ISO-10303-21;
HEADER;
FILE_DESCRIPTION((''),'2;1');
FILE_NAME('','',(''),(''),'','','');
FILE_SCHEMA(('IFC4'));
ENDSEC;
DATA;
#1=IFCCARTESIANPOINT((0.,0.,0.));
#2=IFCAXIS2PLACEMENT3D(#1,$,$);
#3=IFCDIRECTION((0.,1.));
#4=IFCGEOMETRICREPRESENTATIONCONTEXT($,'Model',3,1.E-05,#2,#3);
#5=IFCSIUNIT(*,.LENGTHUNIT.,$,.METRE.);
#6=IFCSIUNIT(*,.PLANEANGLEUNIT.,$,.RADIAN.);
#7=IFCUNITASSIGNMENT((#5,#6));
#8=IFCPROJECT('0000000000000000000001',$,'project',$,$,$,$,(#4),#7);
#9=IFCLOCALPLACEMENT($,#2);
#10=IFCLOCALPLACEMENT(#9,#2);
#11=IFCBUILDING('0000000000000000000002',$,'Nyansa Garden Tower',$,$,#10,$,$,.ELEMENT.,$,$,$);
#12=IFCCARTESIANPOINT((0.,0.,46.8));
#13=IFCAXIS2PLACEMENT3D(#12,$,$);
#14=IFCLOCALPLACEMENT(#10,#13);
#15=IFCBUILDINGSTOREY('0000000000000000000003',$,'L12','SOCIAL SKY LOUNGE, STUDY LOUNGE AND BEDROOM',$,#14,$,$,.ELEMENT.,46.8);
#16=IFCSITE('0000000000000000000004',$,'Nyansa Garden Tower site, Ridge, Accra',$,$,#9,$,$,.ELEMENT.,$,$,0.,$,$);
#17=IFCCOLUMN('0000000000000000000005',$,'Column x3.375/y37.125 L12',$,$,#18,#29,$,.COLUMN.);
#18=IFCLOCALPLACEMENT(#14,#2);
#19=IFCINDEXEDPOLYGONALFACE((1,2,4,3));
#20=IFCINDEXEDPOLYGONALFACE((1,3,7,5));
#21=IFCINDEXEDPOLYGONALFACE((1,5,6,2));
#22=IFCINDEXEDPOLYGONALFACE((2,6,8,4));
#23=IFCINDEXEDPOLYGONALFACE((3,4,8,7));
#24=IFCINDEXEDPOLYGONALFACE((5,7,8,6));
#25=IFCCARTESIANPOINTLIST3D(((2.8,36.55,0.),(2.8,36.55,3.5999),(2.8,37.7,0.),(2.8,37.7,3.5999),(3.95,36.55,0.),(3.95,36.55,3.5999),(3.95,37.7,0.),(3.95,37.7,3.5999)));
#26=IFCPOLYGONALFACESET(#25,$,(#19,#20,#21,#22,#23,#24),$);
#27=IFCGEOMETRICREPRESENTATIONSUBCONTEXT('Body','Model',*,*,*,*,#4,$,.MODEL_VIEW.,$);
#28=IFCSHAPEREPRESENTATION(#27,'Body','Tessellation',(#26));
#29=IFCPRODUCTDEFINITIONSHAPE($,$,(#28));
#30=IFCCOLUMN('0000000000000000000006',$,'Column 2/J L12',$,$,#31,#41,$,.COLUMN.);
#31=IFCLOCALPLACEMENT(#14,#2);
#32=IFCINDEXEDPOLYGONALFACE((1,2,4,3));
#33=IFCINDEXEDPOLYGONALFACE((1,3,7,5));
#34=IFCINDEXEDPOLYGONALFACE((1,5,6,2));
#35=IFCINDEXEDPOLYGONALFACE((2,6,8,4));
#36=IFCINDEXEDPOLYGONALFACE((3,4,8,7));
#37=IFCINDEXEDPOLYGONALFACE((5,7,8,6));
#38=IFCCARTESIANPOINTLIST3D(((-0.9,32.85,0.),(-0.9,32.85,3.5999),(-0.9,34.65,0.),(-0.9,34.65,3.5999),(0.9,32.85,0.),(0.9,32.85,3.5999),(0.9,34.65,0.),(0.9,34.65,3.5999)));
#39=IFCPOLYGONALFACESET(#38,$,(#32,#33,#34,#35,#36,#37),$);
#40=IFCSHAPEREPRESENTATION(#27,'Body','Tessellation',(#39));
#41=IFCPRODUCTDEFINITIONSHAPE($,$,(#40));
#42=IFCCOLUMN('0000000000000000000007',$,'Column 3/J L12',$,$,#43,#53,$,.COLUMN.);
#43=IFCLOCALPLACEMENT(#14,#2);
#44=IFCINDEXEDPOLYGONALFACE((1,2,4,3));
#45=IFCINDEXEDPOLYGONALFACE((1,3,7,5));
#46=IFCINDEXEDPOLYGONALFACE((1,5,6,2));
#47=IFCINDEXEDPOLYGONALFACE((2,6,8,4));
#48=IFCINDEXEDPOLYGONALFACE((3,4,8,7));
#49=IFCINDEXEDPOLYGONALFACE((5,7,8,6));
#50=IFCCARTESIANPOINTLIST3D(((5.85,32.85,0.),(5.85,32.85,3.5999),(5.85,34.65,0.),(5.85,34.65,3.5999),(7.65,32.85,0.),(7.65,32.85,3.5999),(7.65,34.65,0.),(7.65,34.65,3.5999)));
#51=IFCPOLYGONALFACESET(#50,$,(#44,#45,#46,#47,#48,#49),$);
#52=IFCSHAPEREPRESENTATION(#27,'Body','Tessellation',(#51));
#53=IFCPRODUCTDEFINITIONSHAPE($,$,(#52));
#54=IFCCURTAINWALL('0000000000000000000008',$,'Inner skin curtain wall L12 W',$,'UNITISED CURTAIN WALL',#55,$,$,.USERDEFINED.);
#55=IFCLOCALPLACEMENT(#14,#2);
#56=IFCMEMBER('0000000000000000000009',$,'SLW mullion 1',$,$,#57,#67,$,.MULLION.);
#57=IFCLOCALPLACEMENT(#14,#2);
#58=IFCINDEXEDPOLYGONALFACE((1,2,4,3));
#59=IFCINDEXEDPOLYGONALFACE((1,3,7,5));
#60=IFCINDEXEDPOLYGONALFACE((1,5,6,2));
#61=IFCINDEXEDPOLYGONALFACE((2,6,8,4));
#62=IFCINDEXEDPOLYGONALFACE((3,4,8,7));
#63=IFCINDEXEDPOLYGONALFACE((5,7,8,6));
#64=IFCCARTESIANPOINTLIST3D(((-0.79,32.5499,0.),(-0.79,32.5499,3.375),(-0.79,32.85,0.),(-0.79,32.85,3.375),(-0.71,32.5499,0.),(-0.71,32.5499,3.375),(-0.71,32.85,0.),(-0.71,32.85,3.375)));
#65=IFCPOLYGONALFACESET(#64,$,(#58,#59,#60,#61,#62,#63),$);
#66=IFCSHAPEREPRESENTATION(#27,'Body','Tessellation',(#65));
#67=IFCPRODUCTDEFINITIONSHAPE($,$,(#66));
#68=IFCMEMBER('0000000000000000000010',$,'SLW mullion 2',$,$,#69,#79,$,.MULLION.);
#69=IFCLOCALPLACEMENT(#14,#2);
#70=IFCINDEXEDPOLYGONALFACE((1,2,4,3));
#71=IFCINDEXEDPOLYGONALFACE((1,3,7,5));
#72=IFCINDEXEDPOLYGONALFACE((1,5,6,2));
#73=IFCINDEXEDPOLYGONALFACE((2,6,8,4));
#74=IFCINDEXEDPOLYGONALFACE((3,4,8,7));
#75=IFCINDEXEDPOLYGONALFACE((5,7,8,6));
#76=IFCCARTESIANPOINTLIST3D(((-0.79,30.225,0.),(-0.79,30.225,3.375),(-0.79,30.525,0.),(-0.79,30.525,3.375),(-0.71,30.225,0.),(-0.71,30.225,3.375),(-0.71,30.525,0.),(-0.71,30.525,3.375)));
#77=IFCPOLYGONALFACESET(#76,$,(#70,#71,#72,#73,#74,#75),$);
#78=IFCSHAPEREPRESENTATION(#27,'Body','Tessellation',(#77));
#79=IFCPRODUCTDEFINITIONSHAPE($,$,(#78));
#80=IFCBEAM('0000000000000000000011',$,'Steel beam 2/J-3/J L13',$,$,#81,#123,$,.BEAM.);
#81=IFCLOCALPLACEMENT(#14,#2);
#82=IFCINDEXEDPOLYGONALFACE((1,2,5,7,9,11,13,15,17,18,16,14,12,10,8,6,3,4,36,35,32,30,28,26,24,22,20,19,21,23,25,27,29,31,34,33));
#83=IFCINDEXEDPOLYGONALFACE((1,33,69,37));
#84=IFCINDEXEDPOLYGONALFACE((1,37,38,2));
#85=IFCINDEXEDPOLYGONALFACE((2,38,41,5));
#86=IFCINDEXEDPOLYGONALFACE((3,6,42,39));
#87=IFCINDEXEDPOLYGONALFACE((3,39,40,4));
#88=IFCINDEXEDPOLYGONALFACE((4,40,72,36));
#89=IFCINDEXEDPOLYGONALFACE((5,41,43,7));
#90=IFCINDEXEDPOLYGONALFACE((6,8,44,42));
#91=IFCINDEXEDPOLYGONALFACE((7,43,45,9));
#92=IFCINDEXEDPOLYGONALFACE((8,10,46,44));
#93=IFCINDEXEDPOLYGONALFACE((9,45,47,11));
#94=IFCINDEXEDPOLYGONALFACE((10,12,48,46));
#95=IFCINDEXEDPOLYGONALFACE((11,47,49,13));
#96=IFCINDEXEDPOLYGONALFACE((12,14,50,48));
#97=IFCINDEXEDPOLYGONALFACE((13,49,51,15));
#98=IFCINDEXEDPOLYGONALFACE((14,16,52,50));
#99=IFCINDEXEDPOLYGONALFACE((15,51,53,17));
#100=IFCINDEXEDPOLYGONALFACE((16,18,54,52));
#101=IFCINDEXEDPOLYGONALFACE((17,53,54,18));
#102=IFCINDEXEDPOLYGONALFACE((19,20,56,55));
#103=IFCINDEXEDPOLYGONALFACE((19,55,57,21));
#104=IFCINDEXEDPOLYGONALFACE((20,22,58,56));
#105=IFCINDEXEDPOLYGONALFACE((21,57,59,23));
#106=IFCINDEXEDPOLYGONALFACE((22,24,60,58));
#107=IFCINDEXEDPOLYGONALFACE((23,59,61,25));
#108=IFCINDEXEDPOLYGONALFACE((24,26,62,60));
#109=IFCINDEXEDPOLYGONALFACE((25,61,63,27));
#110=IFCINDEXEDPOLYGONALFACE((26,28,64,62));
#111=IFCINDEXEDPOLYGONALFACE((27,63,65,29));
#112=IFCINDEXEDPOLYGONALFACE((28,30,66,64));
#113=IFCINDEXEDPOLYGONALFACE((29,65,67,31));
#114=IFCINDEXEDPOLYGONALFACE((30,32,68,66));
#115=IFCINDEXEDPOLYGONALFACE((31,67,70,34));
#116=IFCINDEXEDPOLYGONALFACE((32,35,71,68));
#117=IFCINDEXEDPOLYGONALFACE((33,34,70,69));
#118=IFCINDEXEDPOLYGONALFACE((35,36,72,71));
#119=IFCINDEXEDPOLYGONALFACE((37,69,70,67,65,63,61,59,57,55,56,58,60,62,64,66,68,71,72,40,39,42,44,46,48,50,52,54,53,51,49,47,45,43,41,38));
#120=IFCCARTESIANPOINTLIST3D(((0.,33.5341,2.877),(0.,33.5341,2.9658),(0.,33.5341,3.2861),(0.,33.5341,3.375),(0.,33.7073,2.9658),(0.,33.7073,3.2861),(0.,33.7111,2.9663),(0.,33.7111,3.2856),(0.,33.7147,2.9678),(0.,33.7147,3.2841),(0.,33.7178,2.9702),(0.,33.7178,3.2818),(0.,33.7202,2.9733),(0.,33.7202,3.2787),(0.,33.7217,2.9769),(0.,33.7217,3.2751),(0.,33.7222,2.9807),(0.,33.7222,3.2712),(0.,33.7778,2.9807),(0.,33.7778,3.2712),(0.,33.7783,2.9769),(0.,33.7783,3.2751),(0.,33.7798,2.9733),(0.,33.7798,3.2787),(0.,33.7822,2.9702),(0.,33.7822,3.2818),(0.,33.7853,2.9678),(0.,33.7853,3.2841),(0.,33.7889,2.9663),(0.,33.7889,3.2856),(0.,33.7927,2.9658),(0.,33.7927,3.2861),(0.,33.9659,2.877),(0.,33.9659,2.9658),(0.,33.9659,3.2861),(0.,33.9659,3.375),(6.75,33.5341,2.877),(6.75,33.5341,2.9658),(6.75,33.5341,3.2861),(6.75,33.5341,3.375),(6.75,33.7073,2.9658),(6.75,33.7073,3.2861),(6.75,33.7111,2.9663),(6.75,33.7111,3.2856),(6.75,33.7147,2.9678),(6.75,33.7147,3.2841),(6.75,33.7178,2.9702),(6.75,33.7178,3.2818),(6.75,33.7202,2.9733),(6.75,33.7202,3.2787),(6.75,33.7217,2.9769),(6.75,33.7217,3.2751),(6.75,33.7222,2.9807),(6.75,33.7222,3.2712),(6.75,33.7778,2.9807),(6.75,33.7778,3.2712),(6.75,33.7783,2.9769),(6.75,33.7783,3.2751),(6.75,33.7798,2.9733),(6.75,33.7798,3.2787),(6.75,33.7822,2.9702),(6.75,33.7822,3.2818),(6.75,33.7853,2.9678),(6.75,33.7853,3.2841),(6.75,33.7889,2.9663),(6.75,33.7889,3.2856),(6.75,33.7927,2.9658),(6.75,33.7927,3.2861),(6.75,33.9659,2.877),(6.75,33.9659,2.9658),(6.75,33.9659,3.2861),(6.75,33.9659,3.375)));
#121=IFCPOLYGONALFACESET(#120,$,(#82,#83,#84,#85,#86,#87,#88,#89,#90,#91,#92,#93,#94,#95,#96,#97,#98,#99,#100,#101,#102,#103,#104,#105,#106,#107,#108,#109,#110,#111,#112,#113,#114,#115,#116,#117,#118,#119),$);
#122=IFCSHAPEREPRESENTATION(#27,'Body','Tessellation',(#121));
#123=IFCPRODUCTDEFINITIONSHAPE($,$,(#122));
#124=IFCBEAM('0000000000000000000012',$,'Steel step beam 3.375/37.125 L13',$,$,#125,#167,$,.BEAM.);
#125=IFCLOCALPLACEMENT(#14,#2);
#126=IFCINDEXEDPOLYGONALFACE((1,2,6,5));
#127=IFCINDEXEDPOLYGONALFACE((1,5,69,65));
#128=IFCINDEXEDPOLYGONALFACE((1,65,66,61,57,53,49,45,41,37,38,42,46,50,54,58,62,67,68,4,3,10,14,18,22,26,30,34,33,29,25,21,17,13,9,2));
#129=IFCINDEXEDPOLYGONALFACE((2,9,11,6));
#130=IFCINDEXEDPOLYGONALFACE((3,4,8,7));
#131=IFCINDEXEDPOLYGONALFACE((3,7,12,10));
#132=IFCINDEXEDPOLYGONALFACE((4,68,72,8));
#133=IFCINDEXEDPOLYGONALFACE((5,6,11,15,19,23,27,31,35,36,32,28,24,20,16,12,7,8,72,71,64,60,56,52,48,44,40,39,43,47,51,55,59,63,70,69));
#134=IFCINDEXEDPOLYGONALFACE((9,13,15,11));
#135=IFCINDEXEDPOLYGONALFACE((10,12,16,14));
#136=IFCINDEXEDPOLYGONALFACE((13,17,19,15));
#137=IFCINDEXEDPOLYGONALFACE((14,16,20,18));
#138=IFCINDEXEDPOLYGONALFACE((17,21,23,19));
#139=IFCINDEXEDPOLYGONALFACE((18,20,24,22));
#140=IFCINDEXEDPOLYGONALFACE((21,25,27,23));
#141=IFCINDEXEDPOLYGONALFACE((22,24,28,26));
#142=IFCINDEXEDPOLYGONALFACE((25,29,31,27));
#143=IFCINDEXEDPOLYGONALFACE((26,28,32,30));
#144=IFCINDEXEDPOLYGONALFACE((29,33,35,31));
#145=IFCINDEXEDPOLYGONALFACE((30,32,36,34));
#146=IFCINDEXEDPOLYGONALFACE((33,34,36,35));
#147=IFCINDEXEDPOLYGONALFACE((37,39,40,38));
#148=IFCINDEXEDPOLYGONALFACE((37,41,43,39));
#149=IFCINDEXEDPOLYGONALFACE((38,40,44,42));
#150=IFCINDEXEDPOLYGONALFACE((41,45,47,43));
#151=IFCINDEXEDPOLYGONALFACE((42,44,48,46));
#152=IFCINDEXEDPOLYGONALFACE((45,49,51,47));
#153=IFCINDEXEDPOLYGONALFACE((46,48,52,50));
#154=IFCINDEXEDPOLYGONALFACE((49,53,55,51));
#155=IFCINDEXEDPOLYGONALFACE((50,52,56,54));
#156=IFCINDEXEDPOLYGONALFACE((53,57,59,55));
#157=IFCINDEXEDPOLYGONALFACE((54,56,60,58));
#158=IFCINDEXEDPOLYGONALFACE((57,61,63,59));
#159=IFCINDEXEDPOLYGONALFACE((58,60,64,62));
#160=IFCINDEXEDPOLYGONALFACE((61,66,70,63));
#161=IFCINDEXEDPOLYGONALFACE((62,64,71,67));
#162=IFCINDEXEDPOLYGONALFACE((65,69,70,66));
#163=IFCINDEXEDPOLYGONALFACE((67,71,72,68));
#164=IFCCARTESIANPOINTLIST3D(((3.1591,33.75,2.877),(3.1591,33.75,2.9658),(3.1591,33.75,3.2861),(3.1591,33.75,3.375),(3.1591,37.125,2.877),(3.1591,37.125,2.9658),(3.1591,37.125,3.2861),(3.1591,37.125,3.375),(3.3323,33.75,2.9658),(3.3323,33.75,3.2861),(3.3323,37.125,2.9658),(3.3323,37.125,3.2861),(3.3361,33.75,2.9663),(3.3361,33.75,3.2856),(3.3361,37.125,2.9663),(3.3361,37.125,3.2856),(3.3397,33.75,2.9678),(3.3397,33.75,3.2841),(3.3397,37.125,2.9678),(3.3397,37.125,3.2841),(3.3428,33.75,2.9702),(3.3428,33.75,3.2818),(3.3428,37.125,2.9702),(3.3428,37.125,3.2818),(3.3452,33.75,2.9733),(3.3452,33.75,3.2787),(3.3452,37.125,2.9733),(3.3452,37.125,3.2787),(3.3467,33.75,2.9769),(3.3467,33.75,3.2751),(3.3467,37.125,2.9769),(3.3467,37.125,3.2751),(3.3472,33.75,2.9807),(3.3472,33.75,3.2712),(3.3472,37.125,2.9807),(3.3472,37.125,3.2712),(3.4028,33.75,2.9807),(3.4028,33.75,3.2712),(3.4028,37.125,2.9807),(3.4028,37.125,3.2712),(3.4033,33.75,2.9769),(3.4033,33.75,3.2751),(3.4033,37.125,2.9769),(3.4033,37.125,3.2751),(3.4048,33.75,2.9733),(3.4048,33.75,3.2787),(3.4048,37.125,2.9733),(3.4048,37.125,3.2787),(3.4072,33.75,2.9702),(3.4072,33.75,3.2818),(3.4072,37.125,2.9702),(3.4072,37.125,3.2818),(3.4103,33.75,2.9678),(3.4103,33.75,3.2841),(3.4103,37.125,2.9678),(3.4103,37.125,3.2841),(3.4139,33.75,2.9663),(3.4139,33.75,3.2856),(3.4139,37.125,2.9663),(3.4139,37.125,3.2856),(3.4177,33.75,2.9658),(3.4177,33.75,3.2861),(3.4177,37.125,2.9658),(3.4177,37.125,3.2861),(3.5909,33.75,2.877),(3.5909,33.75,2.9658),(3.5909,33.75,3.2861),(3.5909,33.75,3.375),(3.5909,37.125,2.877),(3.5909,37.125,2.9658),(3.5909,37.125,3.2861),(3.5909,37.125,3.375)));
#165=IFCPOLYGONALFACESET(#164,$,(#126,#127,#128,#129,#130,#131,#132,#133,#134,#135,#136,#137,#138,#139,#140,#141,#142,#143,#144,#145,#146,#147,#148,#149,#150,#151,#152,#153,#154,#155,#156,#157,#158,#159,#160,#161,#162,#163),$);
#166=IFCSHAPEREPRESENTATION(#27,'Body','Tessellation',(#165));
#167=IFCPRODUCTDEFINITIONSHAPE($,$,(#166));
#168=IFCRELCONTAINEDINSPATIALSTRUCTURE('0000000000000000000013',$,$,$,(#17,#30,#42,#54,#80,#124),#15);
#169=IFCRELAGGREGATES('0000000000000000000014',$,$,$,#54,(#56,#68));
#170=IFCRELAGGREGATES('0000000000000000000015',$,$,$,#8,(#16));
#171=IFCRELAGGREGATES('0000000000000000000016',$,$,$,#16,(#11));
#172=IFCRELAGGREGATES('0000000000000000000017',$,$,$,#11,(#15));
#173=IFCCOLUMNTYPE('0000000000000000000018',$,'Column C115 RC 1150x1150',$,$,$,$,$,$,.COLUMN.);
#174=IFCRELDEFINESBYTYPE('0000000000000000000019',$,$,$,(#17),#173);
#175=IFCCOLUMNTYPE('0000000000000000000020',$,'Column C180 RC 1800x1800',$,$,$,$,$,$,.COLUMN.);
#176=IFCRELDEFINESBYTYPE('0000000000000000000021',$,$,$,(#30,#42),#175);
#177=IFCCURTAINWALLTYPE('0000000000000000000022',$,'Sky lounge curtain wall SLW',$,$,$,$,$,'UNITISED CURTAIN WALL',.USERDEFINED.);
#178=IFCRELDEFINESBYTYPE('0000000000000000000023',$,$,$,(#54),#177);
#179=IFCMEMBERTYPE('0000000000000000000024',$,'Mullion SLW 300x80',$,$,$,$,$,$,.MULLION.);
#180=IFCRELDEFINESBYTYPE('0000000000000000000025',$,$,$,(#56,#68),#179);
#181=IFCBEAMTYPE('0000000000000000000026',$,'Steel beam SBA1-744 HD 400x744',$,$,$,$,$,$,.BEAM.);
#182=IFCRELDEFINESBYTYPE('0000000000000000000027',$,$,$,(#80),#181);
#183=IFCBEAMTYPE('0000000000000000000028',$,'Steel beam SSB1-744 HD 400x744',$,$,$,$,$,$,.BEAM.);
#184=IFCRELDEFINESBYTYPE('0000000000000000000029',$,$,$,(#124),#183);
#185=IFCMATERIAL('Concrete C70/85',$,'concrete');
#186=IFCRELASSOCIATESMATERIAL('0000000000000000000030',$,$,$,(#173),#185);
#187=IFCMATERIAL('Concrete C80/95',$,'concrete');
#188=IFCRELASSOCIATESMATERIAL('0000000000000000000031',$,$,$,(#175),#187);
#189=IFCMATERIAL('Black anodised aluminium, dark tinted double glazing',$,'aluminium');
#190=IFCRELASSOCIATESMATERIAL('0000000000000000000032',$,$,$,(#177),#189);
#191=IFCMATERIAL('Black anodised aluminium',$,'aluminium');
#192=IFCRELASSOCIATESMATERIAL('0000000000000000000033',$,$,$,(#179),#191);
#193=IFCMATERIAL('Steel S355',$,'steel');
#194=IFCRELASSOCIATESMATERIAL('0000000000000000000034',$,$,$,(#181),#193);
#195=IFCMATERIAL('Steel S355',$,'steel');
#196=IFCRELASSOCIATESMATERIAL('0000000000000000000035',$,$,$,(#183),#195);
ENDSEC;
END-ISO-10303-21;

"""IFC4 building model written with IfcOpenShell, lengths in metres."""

from ifc_helpers import new_model, si_unit, direction, frame, origin, origin_2d, place, context, subcontext, project, spatial, rectangle, i_section, extrude, material, material_profile, profile_set, type_object, element, aggregate, save


model = new_model("IFC4")

# Units and contexts
model_context = context("Model", 3, precision=1e-05, world=origin(), true_north=direction((0.0, 1.0)))
body_context = subcontext(model_context, "Body", "Model", "MODEL_VIEW")
ifc_project = project(units=[si_unit("LENGTHUNIT", "METRE"), si_unit("PLANEANGLEUNIT", "RADIAN")], contexts=[model_context])

# Site, building, storey
site_placement = place(None, origin())
site = spatial("IfcSite", under=ifc_project, at=site_placement, Name="Nyansa Garden Tower site, Ridge, Accra", CompositionType="ELEMENT", RefElevation=0.0)
building_placement = place(site_placement, origin())
building = spatial("IfcBuilding", under=site, at=building_placement, Name="Nyansa Garden Tower", CompositionType="ELEMENT")
storey_placement = place(building_placement, frame((0.0, 0.0, 46.8)))
storey = spatial("IfcBuildingStorey", under=building, at=storey_placement, Name="L12", Description="SOCIAL SKY LOUNGE, STUDY LOUNGE AND BEDROOM", CompositionType="ELEMENT", Elevation=46.8)

# Columns
ifc_material_1 = material(Name="Concrete C70/85", Category="concrete")
ifc_material_profile_1 = material_profile(ifc_material_1, rectangle(XDim=1.1499, YDim=1.1499, at=origin_2d()), Name="RC 1150x1150")
ifc_profile_set_1 = profile_set([ifc_material_profile_1], Name="Concrete C70/85")
column_type_1 = type_object("IfcColumnType", Name="Column C115 RC 1150x1150", PredefinedType="COLUMN", material=ifc_profile_set_1)
column_placement = place(storey_placement, frame((3.375, 37.125, 0.0), z_axis=(0.0, 0.0, 1.0), x_axis=(1.0, 0.0, 0.0)))
element("IfcColumn", 1, at=column_placement, inside=storey, type_object=column_type_1, Name="Column x3.375/y37.125 L12", PredefinedType="COLUMN", context=body_context, shape_type="SweptSolid", body=[
    extrude(rectangle(XDim=1.1499, YDim=1.1499, at=origin_2d()), origin(), (0.0, 0.0, 1.0), 3.5999),
])
ifc_material_2 = material(Name="Concrete C80/95", Category="concrete")
ifc_material_profile_2 = material_profile(ifc_material_2, rectangle(XDim=1.8, YDim=1.8, at=origin_2d()), Name="RC 1800x1800")
ifc_profile_set_2 = profile_set([ifc_material_profile_2], Name="Concrete C80/95")
column_type_2 = type_object("IfcColumnType", Name="Column C180 RC 1800x1800", PredefinedType="COLUMN", material=ifc_profile_set_2)
for number, where, z_axis, x_axis, name in (
    (2, (0.0, 33.75, 0.0), (0.0, 0.0, 1.0), (1.0, 0.0, 0.0), "Column 2/J L12"),
    (3, (6.75, 33.75, 0.0), (0.0, 0.0, 1.0), (1.0, 0.0, 0.0), "Column 3/J L12"),
):
    element("IfcColumn", number, at=place(storey_placement, frame(where, z_axis=z_axis, x_axis=x_axis)), inside=storey, type_object=column_type_2, Name=name, PredefinedType="COLUMN", context=body_context, shape_type="SweptSolid", body=[
        extrude(rectangle(XDim=1.8, YDim=1.8, at=origin_2d()), origin(), (0.0, 0.0, 1.0), 3.5999),
    ])

# Curtain wall, members
ifc_material_3 = material(Name="Black anodised aluminium, dark tinted double glazing", Category="aluminium")
curtain_wall_type = type_object("IfcCurtainWallType", Name="Sky lounge curtain wall SLW", ElementType="UNITISED CURTAIN WALL", PredefinedType="USERDEFINED", material=ifc_material_3)
curtain_wall_placement = place(storey_placement, origin())
curtain_wall = element("IfcCurtainWall", 4, at=curtain_wall_placement, inside=storey, type_object=curtain_wall_type, Name="Inner skin curtain wall L12 W", ObjectType="UNITISED CURTAIN WALL", PredefinedType="USERDEFINED")
ifc_material_4 = material(Name="Black anodised aluminium", Category="aluminium")
ifc_material_profile_3 = material_profile(ifc_material_4, rectangle(XDim=0.0801, YDim=0.3, at=origin_2d()), Name="Mullion 300x80")
ifc_profile_set_3 = profile_set([ifc_material_profile_3], Name="Black anodised aluminium")
member_type_1 = type_object("IfcMemberType", Name="Mullion SLW 300x80", PredefinedType="MULLION", material=ifc_profile_set_3)
member_1_placement = place(storey_placement, frame((-0.75, 32.7, 0.0), z_axis=(0.0, 0.0, 1.0), x_axis=(1.0, 0.0, 0.0)))
member_1 = element("IfcMember", 5, at=member_1_placement, type_object=member_type_1, Name="SLW mullion 1", PredefinedType="MULLION", context=body_context, shape_type="SweptSolid", body=[
    extrude(rectangle(XDim=0.0801, YDim=0.3, at=origin_2d()), origin(), (0.0, 0.0, 1.0), 3.375),
])
member_2_placement = place(storey_placement, frame((-0.75, 30.375, 0.0), z_axis=(0.0, 0.0, 1.0), x_axis=(1.0, 0.0, 0.0)))
member_2 = element("IfcMember", 6, at=member_2_placement, type_object=member_type_1, Name="SLW mullion 2", PredefinedType="MULLION", context=body_context, shape_type="SweptSolid", body=[
    extrude(rectangle(XDim=0.0801, YDim=0.3, at=origin_2d()), origin(), (0.0, 0.0, 1.0), 3.375),
])

# Beams
ifc_material_5 = material(Name="Steel S355", Category="steel")
ifc_material_profile_4 = material_profile(ifc_material_5, i_section(OverallWidth=0.4319, OverallDepth=0.498, WebThickness=0.0557, FlangeThickness=0.0889, FilletRadius=0.0149, at=origin_2d()), Name="HD 400x744")
ifc_profile_set_4 = profile_set([ifc_material_profile_4], Name="Steel S355")
beam_type_1 = type_object("IfcBeamType", Name="Steel beam SBA1-744 HD 400x744", PredefinedType="BEAM", material=ifc_profile_set_4)
beam_placement = place(storey_placement, frame((0.0, 33.75, 3.126), z_axis=(1.0, 0.0, 0.0), x_axis=(0.0, 1.0, 0.0)))
element("IfcBeam", 7, at=beam_placement, inside=storey, type_object=beam_type_1, Name="Steel beam 2/J-3/J L13", PredefinedType="BEAM", context=body_context, shape_type="SweptSolid", body=[
    extrude(i_section(OverallWidth=0.4319, OverallDepth=0.498, WebThickness=0.0557, FlangeThickness=0.0889, FilletRadius=0.0149, at=origin_2d()), origin(), (0.0, 0.0, 1.0), 6.75),
])
ifc_material_6 = material(Name="Steel S355", Category="steel")
ifc_material_profile_5 = material_profile(ifc_material_6, i_section(OverallWidth=0.4319, OverallDepth=0.498, WebThickness=0.0557, FlangeThickness=0.0889, FilletRadius=0.0149, at=origin_2d()), Name="HD 400x744")
ifc_profile_set_5 = profile_set([ifc_material_profile_5], Name="Steel S355")
beam_type_2 = type_object("IfcBeamType", Name="Steel beam SSB1-744 HD 400x744", PredefinedType="BEAM", material=ifc_profile_set_5)
for number, where, z_axis, x_axis, name in (
    (8, (3.375, 37.125, 3.126), (0.0, -1.0, 0.0), (1.0, 0.0, 0.0), "Steel step beam 3.375/37.125 L13"),
):
    element("IfcBeam", number, at=place(storey_placement, frame(where, z_axis=z_axis, x_axis=x_axis)), inside=storey, type_object=beam_type_2, Name=name, PredefinedType="BEAM", context=body_context, shape_type="SweptSolid", body=[
        extrude(i_section(OverallWidth=0.4319, OverallDepth=0.498, WebThickness=0.0557, FlangeThickness=0.0889, FilletRadius=0.0149, at=origin_2d()), origin(), (0.0, 0.0, 1.0), 3.375),
    ])

aggregate(curtain_wall, [member_1, member_2])

save(model, "model.ifc")
